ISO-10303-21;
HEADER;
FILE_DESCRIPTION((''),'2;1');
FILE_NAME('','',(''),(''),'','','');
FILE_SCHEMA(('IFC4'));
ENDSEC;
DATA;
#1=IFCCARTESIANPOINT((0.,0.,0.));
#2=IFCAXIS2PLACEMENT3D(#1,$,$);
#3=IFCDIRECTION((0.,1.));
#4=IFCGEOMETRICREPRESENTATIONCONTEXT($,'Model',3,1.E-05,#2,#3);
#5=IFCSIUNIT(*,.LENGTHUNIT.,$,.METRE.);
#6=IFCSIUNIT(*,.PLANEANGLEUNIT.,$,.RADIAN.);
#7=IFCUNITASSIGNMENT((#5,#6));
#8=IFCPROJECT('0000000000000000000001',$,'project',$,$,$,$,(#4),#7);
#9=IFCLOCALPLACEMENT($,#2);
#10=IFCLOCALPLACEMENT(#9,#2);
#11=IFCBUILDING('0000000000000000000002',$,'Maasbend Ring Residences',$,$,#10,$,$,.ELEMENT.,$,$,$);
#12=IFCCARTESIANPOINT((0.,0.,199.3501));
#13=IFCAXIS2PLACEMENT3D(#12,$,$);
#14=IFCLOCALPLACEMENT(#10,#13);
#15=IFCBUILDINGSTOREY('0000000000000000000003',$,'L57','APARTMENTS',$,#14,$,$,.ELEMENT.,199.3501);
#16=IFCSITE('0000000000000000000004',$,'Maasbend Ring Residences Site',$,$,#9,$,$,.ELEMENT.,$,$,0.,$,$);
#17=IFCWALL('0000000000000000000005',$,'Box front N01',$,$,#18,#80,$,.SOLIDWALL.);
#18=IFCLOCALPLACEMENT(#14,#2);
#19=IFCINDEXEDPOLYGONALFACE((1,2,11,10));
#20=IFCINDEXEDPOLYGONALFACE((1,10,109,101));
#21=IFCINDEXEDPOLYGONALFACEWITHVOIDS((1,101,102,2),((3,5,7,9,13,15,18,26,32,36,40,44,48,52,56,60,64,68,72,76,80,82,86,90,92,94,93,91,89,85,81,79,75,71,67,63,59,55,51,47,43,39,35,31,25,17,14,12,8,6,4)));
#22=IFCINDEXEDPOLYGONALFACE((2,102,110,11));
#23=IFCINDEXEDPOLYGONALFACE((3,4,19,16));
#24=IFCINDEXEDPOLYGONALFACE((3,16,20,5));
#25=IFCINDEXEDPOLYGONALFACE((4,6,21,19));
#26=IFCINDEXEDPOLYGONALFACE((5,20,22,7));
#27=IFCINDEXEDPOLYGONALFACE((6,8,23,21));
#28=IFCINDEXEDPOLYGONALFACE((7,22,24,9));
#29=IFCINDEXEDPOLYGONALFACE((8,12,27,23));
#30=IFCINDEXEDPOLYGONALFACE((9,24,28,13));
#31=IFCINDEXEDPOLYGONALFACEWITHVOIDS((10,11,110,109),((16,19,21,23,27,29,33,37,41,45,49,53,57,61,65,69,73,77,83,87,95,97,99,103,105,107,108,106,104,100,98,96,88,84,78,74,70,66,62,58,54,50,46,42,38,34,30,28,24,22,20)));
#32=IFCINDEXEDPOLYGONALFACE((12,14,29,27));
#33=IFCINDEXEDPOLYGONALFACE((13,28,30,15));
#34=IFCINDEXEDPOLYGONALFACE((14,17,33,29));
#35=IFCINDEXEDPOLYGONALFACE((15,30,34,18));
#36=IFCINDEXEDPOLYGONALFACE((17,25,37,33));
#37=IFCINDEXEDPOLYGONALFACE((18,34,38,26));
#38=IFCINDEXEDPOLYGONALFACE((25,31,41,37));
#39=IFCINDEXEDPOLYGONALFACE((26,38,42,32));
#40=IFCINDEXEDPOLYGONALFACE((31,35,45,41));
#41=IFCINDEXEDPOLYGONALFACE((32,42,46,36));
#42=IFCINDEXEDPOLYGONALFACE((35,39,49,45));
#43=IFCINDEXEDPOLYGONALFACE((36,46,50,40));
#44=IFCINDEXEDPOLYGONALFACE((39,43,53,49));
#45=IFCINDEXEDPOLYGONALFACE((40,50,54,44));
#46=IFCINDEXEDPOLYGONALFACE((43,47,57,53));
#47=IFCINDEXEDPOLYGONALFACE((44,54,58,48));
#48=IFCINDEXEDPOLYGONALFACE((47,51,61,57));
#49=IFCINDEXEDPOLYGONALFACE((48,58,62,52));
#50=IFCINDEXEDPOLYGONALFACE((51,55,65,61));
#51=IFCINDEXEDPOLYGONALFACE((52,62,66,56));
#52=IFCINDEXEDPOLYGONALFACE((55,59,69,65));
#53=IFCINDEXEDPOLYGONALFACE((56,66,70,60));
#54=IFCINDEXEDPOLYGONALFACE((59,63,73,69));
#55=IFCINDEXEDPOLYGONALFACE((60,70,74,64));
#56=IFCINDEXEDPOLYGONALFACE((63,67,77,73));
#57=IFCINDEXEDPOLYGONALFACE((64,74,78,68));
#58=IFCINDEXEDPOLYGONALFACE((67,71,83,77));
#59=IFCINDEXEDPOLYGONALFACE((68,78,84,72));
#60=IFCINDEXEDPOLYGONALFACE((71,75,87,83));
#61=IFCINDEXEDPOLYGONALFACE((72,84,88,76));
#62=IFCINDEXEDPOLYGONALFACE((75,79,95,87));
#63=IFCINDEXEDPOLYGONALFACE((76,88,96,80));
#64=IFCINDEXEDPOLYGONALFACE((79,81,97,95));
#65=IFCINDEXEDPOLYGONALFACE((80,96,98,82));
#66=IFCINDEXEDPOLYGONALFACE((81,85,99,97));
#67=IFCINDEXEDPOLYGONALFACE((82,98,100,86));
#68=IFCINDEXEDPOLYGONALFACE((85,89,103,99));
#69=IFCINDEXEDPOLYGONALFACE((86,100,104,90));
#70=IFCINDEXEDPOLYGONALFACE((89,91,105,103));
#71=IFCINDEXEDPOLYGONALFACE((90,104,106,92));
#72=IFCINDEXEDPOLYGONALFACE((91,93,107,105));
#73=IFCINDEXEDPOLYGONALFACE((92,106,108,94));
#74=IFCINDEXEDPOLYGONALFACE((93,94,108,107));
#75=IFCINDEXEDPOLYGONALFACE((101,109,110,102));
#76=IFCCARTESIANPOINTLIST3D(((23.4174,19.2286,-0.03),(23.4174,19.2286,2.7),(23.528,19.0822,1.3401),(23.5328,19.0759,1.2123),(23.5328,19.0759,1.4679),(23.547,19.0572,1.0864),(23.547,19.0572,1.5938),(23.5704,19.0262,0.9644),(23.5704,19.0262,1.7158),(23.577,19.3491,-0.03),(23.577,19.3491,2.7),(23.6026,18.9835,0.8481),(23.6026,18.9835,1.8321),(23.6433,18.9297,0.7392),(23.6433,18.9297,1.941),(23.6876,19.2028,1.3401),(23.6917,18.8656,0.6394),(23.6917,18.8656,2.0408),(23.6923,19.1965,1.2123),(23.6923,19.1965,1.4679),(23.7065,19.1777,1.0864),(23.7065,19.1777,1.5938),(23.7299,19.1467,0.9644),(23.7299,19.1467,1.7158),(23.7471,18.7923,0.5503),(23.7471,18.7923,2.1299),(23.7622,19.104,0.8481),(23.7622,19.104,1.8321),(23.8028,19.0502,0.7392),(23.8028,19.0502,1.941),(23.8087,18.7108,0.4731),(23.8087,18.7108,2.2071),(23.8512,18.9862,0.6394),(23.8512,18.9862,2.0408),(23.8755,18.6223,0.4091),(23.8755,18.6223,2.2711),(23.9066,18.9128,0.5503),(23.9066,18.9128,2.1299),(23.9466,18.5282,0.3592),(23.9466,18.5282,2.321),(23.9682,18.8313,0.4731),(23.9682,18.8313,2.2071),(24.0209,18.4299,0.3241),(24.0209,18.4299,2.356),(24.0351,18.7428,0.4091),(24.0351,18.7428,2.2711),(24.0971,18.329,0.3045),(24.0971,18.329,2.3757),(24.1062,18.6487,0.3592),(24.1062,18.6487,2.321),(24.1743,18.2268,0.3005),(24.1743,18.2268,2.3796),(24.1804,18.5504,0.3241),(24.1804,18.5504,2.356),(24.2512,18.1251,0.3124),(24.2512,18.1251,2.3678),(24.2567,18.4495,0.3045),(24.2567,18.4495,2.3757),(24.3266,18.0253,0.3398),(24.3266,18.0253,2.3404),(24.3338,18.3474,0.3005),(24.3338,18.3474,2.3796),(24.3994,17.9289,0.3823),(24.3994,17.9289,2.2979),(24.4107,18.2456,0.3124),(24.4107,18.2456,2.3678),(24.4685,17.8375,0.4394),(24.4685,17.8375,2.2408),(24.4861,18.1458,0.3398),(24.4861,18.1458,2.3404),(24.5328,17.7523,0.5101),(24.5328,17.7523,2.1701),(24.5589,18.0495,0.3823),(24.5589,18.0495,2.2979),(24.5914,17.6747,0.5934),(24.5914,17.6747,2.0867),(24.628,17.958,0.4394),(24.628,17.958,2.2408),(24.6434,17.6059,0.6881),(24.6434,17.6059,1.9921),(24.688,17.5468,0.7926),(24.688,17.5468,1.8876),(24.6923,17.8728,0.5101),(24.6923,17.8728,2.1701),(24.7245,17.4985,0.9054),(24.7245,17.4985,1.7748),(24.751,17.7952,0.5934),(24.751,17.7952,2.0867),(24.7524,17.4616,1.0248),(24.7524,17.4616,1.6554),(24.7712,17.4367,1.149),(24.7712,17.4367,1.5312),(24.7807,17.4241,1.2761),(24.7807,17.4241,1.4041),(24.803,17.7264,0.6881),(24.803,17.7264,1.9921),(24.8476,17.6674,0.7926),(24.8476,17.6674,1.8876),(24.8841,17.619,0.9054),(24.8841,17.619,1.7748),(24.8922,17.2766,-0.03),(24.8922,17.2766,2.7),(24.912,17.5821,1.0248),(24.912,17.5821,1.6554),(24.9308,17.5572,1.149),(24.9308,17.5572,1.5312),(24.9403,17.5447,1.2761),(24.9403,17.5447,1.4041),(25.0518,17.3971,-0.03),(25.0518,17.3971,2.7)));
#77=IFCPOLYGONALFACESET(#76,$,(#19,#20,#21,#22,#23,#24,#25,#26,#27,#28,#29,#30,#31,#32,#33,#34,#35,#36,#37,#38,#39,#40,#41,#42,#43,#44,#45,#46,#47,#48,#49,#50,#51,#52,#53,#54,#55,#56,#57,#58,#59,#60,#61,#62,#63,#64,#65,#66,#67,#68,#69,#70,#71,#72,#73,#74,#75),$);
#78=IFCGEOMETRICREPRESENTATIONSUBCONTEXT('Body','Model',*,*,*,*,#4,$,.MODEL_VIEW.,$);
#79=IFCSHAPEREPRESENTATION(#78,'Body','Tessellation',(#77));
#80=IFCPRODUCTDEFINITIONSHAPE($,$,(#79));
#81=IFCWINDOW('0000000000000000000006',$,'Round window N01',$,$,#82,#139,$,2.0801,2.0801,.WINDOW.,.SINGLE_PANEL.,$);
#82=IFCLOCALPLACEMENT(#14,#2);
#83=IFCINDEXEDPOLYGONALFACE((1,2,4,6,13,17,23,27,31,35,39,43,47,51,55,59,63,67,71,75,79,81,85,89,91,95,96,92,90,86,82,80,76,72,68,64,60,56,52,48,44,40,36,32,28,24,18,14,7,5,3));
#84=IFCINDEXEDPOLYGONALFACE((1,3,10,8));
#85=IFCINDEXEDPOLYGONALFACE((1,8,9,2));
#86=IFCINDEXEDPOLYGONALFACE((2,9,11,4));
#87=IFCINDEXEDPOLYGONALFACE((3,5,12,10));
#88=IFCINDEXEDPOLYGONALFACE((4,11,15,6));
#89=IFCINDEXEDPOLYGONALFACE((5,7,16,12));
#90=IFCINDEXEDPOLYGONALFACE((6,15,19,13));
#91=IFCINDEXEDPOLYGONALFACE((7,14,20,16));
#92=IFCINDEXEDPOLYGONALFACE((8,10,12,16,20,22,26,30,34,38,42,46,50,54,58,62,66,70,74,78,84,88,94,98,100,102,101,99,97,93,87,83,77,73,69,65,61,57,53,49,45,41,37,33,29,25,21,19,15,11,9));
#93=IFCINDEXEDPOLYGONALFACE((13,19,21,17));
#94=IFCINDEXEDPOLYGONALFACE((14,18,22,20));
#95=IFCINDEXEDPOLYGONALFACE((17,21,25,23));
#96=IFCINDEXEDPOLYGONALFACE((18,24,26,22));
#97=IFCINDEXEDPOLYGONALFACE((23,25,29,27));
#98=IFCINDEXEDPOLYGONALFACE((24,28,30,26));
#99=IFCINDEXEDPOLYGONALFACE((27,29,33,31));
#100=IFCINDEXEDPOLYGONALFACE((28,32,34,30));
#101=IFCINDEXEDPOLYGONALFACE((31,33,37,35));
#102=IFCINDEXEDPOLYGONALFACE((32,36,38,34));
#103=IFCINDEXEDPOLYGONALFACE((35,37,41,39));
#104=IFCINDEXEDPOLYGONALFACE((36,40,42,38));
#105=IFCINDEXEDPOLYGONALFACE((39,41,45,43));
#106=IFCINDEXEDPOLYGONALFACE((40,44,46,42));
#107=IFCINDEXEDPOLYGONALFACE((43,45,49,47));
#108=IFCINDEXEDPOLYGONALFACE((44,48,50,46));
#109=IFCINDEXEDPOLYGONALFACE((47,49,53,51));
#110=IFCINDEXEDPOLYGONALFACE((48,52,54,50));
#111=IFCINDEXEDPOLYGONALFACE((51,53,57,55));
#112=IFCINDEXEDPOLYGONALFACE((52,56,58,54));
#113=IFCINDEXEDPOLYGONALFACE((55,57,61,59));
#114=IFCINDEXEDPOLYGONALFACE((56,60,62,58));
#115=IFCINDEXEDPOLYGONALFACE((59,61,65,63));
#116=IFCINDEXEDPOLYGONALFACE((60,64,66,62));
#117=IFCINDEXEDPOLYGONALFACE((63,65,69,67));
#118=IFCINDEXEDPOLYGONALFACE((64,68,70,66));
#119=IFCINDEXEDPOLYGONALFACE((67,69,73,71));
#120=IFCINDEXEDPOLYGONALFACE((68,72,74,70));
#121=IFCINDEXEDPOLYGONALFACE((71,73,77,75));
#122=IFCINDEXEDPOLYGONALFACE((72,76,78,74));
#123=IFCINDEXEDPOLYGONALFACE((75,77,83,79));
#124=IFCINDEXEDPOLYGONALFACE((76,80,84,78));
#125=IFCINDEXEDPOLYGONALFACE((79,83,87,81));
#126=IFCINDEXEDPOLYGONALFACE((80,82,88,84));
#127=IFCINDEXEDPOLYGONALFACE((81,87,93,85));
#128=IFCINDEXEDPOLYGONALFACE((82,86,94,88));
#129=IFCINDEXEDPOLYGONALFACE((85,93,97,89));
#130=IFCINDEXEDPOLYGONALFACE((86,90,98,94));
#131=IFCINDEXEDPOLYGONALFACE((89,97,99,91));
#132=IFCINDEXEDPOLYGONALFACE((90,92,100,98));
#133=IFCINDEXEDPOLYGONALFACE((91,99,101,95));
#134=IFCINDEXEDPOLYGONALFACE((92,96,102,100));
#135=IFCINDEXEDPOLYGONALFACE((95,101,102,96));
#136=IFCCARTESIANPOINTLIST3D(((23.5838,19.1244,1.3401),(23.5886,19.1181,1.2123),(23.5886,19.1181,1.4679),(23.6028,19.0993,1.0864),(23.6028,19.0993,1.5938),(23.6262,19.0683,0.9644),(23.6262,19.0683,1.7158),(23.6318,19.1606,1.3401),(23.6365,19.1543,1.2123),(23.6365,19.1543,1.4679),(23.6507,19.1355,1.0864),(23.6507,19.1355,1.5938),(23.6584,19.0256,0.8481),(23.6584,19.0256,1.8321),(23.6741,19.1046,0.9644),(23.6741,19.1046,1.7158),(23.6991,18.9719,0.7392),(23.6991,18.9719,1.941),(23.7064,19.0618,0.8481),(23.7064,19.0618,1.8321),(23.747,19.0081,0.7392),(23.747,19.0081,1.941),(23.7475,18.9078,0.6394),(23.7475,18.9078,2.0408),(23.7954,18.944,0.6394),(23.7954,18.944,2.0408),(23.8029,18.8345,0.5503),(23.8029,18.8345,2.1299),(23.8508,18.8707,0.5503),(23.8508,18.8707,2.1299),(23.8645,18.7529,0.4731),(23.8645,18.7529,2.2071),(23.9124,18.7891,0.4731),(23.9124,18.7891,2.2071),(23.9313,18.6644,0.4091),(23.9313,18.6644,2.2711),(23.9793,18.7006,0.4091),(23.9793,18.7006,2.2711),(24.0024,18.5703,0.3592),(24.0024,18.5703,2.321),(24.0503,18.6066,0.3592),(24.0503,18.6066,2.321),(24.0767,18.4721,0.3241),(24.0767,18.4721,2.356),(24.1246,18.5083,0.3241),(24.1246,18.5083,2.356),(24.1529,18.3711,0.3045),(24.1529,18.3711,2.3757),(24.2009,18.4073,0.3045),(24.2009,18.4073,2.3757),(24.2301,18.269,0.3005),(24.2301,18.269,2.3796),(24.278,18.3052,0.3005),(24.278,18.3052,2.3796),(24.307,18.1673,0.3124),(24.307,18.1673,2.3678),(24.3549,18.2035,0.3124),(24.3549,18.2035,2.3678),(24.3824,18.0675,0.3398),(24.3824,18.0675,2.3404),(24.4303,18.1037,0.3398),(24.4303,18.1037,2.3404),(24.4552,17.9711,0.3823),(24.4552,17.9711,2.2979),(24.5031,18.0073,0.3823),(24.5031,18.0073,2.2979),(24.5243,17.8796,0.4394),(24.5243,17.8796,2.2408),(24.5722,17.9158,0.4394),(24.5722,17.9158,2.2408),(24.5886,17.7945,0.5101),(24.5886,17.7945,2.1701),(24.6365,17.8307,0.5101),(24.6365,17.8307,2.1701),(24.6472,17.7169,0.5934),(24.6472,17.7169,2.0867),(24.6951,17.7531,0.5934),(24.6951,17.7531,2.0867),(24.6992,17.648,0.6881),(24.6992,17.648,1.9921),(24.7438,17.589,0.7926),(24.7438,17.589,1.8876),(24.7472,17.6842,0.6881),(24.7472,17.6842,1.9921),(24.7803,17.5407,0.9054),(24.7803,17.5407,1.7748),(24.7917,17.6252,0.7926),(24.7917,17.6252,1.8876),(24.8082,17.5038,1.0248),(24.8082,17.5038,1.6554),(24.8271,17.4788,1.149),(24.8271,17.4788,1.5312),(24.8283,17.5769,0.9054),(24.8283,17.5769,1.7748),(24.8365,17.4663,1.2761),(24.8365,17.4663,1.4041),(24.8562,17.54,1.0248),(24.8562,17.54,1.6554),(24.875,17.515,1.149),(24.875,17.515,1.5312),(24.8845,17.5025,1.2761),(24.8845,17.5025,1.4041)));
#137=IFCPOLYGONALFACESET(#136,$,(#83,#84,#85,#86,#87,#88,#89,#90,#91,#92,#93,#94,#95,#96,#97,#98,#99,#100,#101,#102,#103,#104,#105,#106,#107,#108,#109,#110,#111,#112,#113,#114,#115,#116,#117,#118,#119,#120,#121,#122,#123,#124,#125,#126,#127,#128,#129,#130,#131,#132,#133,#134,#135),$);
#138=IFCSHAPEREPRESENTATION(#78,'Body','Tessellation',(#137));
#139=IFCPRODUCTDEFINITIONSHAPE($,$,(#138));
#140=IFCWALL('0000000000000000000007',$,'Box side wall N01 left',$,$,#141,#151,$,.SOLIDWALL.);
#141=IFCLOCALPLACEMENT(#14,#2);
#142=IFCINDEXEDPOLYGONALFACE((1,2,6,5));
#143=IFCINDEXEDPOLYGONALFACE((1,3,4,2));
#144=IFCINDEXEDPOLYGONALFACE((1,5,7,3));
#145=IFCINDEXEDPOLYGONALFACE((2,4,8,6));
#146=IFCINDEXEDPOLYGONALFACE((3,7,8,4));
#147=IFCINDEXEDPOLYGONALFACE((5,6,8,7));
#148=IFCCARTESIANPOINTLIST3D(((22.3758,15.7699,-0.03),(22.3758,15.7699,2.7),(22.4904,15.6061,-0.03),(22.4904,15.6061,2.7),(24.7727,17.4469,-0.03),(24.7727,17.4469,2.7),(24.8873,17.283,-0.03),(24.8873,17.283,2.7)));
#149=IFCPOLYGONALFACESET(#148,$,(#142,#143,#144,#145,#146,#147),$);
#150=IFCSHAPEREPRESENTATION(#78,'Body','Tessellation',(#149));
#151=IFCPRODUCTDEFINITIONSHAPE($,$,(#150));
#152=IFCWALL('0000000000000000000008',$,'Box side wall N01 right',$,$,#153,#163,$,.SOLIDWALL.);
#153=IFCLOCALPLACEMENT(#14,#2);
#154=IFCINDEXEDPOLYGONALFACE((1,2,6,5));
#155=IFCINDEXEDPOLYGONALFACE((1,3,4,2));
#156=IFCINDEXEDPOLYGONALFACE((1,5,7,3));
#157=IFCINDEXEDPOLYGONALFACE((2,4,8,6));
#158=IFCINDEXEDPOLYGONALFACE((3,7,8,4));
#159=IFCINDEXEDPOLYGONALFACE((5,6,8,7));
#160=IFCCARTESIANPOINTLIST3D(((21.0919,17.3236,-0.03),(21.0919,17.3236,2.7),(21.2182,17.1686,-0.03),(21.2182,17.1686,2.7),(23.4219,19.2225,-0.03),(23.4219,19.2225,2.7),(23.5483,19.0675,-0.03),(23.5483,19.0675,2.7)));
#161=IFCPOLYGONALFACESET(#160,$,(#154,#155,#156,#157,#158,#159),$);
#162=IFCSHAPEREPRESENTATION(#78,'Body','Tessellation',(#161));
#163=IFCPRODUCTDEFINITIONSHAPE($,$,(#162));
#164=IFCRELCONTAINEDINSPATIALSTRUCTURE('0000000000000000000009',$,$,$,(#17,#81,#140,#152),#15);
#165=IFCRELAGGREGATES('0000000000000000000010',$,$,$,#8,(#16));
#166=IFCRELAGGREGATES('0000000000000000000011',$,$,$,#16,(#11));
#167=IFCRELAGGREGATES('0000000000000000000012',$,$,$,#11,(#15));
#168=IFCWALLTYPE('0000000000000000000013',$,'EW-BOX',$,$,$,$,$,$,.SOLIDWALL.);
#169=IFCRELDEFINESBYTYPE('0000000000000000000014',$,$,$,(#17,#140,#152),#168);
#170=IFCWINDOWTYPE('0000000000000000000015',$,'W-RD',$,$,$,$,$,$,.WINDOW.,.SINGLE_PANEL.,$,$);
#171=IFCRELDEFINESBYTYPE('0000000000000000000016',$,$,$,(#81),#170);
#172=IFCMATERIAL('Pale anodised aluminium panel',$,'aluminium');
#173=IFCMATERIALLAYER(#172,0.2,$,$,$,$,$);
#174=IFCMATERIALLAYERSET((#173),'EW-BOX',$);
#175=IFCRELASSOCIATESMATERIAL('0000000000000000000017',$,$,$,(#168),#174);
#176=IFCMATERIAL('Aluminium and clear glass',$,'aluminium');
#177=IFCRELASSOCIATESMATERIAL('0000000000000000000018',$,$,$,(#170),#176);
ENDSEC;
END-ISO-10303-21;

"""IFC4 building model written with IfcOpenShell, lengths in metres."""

from ifc_helpers import new_model, si_unit, direction, frame, frame_2d, origin, place, context, subcontext, project, spatial, rectangle, circle, extrude, material, layer, layer_set, type_object, element, fill, save


model = new_model("IFC4")

# Units and contexts
model_context = context("Model", 3, precision=1e-05, world=origin(), true_north=direction((0.0, 1.0)))
body_context = subcontext(model_context, "Body", "Model", "MODEL_VIEW")
ifc_project = project(units=[si_unit("LENGTHUNIT", "METRE"), si_unit("PLANEANGLEUNIT", "RADIAN")], contexts=[model_context])

# Site, building, storey
site_placement = place(None, origin())
site = spatial("IfcSite", under=ifc_project, at=site_placement, Name="Maasbend Ring Residences Site", CompositionType="ELEMENT", RefElevation=0.0)
building_placement = place(site_placement, origin())
building = spatial("IfcBuilding", under=site, at=building_placement, Name="Maasbend Ring Residences", CompositionType="ELEMENT")
storey_placement = place(building_placement, frame((0.0, 0.0, 199.3501)))
storey = spatial("IfcBuildingStorey", under=building, at=storey_placement, Name="L57", Description="APARTMENTS", CompositionType="ELEMENT", Elevation=199.3501)

# Wall, opening, window
ifc_material_1 = material(Name="Pale anodised aluminium panel", Category="aluminium")
ifc_layer_1 = layer(ifc_material_1, 0.2)
ifc_layer_set_1 = layer_set([ifc_layer_1], Name="EW-BOX")
wall_type_1 = type_object("IfcWallType", Name="EW-BOX", PredefinedType="SOLIDWALL", material=ifc_layer_set_1)
wall_1_placement = place(storey_placement, frame((24.9719, 17.3369, -0.03), z_axis=(0.0, 0.0, 1.0), x_axis=(-0.602806, 0.797888, 0.0)))
wall_1 = element("IfcWall", 1, at=wall_1_placement, inside=storey, type_object=wall_type_1, Name="Box front N01", PredefinedType="SOLIDWALL", context=body_context, shape_type="SweptSolid", body=[
    extrude(rectangle(XDim=2.4465, YDim=0.2, at=frame_2d((1.2231, 0.0))), origin(), (0.0, 0.0, 1.0), 2.73),
])
opening_1_placement = place(wall_1_placement, frame((0.1829, 0.0, 0.3301)))
opening_1 = element("IfcOpeningElement", 2, at=opening_1_placement, cuts=wall_1, PredefinedType="OPENING", context=body_context, shape_type="SweptSolid", body=[
    extrude(circle(Radius=1.04, at=frame_2d((1.04, 1.04))), frame((0.0, 0.1099, 0.0), z_axis=(0.0, -1.0, 0.0), x_axis=(1.0, 0.0, 0.0)), (0.0, 0.0, 1.0), 0.22),
])
ifc_material_2 = material(Name="Aluminium and clear glass", Category="aluminium")
window_type_1 = type_object("IfcWindowType", Name="W-RD", PartitioningType="SINGLE_PANEL", PredefinedType="WINDOW", material=ifc_material_2)
window_1_placement = place(opening_1_placement, origin())
window_1 = element("IfcWindow", 3, at=window_1_placement, inside=storey, type_object=window_type_1, Name="Round window N01", OverallHeight=2.0801, OverallWidth=2.0801, PartitioningType="SINGLE_PANEL", PredefinedType="WINDOW", context=body_context, shape_type="SweptSolid", body=[
    extrude(circle(Radius=1.04, at=frame_2d((1.04, 1.04))), frame((0.0, 0.03, 0.0), z_axis=(0.0, -1.0, 0.0), x_axis=(1.0, 0.0, 0.0)), (0.0, 0.0, 1.0), 0.0601),
])
fill(opening_1, window_1)

# Walls
wall_2_placement = place(storey_placement, frame((22.4331, 15.688, -0.03), z_axis=(0.0, 0.0, 1.0), x_axis=(0.819373, 0.573261, 0.0)))
element("IfcWall", 4, at=wall_2_placement, inside=storey, type_object=wall_type_1, Name="Box side wall N01 left", PredefinedType="SOLIDWALL", context=body_context, shape_type="SweptSolid", body=[
    extrude(rectangle(XDim=2.9253, YDim=0.2, at=frame_2d((1.4626, 0.0))), origin(), (0.0, 0.0, 1.0), 2.73),
])
wall_3_placement = place(storey_placement, frame((21.155, 17.2461, -0.03), z_axis=(0.0, 0.0, 1.0), x_axis=(0.775179, 0.631742, 0.0)))
element("IfcWall", 5, at=wall_3_placement, inside=storey, type_object=wall_type_1, Name="Box side wall N01 right", PredefinedType="SOLIDWALL", context=body_context, shape_type="SweptSolid", body=[
    extrude(rectangle(XDim=3.0059, YDim=0.2, at=frame_2d((1.5029, 0.0))), origin(), (0.0, 0.0, 1.0), 2.73),
])

save(model, "model.ifc")
